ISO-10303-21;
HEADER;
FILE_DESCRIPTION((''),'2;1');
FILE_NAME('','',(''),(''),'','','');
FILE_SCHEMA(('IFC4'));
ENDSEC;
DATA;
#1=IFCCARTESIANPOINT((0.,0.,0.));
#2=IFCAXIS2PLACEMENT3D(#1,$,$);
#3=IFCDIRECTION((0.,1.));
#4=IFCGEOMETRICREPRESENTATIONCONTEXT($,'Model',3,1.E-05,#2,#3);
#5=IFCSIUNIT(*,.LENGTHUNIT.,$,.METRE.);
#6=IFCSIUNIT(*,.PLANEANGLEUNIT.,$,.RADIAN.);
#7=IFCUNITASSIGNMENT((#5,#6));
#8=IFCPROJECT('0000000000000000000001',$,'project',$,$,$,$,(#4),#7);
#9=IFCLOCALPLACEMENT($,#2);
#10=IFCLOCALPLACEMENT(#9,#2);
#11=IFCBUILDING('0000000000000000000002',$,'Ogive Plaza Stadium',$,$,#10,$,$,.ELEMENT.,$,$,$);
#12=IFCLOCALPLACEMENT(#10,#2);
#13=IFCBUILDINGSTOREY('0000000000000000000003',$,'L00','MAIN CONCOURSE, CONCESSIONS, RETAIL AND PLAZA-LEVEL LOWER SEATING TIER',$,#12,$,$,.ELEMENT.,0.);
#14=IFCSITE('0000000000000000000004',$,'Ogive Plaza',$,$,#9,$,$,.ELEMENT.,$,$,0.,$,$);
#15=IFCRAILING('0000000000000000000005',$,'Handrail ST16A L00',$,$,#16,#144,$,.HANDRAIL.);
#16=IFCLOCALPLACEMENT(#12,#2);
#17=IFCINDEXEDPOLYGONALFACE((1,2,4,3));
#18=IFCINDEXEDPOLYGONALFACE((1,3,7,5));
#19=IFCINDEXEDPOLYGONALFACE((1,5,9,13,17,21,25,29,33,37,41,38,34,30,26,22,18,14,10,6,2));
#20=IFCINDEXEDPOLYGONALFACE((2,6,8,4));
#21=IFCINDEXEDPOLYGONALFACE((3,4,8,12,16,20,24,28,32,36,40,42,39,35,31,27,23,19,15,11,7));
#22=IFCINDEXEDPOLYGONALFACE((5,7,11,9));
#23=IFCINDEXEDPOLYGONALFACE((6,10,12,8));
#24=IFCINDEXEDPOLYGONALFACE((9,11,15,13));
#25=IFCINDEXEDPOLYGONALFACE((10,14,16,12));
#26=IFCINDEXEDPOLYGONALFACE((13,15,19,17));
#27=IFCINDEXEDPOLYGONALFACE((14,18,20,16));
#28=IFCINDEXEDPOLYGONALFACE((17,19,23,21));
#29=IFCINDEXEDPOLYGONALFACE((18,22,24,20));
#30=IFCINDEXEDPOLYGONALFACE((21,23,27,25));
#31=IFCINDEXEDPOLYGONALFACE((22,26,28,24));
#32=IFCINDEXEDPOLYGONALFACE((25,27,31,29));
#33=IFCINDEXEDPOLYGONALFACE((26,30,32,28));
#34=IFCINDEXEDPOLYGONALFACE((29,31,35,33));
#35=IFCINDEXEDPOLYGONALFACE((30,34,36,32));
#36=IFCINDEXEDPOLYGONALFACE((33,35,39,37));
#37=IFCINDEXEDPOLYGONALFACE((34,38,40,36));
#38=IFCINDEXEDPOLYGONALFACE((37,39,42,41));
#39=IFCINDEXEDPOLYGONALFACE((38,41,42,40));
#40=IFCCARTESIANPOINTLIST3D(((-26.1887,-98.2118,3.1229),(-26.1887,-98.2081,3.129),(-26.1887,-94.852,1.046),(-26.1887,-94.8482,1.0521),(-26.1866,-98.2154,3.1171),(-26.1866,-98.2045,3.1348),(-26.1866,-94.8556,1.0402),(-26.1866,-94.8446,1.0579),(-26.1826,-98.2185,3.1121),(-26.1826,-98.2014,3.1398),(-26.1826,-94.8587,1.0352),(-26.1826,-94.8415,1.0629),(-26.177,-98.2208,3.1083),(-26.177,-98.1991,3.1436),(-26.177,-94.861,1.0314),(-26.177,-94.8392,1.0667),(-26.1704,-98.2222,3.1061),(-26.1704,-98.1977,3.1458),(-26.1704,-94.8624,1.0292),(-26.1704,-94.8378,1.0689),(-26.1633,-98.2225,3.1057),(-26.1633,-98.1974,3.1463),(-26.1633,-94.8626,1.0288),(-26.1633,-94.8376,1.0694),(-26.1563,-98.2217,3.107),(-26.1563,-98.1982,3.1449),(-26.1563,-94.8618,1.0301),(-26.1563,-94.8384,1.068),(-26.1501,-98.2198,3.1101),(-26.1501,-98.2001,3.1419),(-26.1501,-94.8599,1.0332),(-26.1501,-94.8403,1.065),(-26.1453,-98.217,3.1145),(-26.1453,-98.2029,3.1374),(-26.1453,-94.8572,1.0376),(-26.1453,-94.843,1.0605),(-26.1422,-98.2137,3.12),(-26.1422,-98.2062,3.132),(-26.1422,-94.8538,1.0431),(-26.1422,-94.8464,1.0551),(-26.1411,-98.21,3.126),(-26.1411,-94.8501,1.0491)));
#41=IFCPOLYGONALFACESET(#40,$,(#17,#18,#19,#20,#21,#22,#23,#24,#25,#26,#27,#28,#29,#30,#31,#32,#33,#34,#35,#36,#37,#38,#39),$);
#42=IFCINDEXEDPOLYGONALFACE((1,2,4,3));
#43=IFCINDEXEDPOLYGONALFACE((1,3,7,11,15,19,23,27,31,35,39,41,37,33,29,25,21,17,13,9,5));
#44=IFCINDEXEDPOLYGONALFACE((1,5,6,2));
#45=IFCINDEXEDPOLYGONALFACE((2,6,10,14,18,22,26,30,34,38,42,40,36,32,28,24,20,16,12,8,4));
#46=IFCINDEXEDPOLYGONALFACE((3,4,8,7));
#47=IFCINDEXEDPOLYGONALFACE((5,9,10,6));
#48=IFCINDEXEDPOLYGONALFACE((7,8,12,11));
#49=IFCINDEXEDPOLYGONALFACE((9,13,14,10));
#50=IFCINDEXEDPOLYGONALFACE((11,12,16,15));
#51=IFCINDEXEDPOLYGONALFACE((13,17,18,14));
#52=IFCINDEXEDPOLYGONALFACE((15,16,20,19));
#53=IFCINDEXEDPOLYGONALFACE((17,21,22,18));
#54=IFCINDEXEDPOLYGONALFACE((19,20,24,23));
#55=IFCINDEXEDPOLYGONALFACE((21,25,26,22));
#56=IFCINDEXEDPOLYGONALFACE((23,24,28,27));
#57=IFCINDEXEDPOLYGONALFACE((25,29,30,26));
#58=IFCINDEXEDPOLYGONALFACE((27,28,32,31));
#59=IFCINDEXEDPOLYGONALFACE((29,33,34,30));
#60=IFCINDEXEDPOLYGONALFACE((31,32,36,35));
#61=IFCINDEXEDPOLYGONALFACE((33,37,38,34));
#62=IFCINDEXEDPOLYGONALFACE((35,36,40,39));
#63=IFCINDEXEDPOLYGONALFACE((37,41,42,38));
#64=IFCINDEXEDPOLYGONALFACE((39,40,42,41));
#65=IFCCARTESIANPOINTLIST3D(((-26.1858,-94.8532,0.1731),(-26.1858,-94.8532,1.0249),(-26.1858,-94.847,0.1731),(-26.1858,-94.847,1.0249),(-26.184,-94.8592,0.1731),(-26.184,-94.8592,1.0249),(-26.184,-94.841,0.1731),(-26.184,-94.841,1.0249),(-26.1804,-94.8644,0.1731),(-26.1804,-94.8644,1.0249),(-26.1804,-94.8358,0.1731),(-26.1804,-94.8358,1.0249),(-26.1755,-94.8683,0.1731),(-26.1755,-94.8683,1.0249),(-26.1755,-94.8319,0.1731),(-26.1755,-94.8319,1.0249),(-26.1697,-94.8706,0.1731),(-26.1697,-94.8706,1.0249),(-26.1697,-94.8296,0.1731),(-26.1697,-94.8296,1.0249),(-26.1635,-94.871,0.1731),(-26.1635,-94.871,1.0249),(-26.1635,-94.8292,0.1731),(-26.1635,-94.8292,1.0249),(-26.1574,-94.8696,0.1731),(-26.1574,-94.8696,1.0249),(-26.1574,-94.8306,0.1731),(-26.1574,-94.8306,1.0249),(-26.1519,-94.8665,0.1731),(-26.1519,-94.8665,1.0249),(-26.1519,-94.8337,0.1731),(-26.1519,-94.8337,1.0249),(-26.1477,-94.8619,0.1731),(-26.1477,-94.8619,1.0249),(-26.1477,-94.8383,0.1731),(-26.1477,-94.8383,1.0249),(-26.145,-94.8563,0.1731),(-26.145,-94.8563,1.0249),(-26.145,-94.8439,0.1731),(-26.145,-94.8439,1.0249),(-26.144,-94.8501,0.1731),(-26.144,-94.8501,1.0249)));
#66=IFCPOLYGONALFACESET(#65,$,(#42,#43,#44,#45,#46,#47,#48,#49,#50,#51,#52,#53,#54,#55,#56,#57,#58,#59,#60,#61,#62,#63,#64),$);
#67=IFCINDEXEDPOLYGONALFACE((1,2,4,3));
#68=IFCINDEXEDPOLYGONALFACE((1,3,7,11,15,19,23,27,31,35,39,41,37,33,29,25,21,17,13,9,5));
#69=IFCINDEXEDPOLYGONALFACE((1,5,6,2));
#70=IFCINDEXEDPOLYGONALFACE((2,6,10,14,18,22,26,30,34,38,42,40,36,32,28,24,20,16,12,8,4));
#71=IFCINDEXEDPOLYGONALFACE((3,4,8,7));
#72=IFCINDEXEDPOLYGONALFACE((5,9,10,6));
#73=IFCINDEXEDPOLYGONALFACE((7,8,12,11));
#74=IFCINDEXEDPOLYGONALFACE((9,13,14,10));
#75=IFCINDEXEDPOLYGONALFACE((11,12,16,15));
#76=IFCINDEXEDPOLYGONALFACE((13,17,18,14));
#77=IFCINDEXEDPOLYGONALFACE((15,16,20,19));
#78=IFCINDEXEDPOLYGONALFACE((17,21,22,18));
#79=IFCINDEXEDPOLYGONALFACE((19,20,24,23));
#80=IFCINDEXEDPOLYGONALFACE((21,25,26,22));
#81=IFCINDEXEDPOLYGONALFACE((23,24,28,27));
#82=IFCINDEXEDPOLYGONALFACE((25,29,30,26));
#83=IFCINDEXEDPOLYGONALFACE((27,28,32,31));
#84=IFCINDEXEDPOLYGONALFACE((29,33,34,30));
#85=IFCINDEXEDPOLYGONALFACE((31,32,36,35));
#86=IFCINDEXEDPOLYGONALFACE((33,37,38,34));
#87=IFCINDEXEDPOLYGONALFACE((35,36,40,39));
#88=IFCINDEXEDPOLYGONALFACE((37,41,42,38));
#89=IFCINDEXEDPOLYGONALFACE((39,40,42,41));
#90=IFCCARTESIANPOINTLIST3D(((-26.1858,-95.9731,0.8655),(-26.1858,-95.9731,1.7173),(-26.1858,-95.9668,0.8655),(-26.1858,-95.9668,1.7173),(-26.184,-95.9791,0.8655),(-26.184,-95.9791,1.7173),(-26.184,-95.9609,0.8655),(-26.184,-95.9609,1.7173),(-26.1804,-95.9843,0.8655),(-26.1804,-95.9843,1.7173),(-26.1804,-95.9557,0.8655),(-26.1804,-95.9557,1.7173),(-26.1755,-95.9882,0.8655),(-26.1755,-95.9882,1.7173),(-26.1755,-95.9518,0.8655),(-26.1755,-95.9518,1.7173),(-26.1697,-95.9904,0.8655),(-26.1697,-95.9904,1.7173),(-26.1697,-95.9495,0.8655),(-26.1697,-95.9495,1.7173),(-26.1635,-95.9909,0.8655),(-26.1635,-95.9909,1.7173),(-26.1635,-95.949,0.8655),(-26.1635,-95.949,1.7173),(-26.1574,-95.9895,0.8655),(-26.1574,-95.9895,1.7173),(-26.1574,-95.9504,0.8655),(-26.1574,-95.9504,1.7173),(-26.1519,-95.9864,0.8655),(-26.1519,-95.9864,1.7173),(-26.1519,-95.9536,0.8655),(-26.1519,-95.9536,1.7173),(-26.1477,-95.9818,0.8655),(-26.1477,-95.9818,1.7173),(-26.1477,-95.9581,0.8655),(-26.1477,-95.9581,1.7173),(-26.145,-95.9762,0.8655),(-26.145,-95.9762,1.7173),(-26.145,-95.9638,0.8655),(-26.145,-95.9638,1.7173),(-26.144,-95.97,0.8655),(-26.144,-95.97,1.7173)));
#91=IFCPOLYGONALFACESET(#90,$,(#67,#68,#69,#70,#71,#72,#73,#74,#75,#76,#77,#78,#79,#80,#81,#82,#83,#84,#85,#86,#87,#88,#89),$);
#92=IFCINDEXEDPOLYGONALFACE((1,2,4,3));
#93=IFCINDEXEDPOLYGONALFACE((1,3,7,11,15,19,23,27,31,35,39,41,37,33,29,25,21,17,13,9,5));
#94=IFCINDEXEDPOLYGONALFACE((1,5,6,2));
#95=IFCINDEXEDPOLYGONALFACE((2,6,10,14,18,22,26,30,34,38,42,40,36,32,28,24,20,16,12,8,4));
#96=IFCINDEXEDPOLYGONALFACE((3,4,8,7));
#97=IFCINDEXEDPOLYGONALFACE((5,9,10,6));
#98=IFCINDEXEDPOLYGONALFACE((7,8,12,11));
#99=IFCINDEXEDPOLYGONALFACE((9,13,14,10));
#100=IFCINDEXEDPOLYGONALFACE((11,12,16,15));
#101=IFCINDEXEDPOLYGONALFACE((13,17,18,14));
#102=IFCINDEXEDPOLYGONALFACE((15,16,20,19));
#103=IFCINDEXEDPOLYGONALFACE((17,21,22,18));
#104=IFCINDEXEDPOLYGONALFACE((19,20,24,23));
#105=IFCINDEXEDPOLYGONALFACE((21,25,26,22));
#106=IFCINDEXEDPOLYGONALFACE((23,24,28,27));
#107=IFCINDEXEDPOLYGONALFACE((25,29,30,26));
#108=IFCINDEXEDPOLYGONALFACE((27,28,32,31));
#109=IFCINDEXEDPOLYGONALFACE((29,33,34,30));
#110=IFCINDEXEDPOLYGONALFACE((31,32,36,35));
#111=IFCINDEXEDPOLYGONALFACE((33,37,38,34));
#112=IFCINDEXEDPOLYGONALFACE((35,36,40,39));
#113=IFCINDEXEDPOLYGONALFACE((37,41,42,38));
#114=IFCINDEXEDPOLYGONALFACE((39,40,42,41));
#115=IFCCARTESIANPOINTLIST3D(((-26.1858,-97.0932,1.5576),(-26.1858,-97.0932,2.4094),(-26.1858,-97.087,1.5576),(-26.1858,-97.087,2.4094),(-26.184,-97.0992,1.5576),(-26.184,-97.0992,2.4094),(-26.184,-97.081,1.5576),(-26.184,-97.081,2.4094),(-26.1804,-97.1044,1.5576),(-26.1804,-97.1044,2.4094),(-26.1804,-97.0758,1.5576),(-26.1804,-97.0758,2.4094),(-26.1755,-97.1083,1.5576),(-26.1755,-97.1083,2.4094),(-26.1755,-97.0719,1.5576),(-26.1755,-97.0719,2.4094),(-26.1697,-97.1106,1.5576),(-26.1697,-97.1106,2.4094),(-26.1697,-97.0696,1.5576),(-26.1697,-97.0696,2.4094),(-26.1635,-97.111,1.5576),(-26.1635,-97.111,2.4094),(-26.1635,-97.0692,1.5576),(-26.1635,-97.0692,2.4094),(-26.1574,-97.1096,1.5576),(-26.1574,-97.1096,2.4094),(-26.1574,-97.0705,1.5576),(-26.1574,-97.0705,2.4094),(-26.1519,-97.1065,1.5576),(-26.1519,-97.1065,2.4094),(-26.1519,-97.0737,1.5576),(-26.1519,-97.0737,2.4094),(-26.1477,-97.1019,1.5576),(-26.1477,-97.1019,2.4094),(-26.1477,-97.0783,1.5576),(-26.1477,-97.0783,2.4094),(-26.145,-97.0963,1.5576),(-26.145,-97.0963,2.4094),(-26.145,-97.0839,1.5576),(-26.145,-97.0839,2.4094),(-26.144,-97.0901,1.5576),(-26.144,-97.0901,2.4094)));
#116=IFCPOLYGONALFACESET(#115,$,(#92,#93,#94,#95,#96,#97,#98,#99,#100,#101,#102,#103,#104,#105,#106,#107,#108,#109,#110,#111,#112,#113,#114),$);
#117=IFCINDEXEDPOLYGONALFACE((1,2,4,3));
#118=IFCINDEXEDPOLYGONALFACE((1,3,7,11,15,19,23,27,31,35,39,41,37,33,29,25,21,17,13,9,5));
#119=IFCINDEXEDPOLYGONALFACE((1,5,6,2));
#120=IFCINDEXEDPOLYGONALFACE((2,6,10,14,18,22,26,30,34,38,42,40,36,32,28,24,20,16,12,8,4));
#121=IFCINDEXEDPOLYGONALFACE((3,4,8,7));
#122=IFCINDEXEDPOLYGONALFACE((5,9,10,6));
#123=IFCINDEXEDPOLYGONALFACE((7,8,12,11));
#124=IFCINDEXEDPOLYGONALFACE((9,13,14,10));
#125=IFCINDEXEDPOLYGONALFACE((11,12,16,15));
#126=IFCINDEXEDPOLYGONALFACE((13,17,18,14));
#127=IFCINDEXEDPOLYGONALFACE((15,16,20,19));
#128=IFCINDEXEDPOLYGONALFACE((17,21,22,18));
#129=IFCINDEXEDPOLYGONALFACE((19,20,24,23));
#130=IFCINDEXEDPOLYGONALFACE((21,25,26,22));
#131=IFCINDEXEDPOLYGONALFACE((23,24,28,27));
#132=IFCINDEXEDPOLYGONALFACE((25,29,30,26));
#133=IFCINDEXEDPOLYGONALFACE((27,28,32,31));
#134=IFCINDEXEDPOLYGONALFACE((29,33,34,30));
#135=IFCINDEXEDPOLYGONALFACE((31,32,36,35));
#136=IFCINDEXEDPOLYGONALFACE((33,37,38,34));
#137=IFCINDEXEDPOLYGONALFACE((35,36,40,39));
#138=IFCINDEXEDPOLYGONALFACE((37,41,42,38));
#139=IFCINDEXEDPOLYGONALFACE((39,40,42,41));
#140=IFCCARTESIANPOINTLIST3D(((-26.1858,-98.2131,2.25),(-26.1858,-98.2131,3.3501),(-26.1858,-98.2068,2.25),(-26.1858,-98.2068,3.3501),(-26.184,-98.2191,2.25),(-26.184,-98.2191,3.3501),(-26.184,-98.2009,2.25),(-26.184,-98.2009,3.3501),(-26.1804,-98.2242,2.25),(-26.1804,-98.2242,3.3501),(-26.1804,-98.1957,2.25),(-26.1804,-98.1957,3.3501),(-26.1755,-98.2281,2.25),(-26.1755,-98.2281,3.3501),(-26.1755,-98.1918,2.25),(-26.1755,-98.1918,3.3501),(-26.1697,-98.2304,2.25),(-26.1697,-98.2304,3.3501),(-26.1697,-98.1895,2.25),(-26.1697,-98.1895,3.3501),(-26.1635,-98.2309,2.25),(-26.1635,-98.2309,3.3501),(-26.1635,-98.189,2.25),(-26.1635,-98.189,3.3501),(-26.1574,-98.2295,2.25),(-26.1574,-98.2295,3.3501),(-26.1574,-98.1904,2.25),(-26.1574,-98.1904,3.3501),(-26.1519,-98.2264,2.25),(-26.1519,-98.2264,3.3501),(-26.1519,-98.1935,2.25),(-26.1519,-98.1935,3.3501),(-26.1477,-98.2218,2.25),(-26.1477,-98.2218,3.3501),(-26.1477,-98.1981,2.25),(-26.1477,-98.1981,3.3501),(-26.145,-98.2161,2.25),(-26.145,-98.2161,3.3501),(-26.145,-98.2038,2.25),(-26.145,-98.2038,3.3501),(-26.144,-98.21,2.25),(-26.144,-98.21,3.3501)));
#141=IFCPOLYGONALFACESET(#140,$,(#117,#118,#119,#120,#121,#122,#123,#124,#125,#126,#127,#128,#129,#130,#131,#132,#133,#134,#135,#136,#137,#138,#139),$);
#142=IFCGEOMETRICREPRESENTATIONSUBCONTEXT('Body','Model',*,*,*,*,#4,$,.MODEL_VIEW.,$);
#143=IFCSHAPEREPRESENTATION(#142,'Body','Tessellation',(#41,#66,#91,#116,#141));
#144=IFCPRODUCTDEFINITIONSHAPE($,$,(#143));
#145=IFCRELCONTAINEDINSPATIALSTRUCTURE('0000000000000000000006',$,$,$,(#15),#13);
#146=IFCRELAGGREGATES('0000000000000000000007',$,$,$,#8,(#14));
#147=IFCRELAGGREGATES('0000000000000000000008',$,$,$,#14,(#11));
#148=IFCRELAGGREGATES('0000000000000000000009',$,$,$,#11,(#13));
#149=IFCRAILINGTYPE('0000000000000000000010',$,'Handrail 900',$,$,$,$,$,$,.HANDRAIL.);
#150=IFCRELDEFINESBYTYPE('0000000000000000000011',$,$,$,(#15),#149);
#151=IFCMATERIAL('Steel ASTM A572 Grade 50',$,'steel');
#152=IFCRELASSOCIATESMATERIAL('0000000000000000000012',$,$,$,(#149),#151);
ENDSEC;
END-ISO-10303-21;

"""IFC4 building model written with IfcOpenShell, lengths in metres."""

from ifc_helpers import new_model, si_unit, direction, frame, origin, origin_2d, place, context, subcontext, project, spatial, circle, extrude, material, type_object, element, save


model = new_model("IFC4")

# Units and contexts
model_context = context("Model", 3, precision=1e-05, world=origin(), true_north=direction((0.0, 1.0)))
body_context = subcontext(model_context, "Body", "Model", "MODEL_VIEW")
ifc_project = project(units=[si_unit("LENGTHUNIT", "METRE"), si_unit("PLANEANGLEUNIT", "RADIAN")], contexts=[model_context])

# Site, building, storey
site_placement = place(None, origin())
site = spatial("IfcSite", under=ifc_project, at=site_placement, Name="Ogive Plaza", CompositionType="ELEMENT", RefElevation=0.0)
building_placement = place(site_placement, origin())
building = spatial("IfcBuilding", under=site, at=building_placement, Name="Ogive Plaza Stadium", CompositionType="ELEMENT")
storey_placement = place(building_placement, origin())
storey = spatial("IfcBuildingStorey", under=building, at=storey_placement, Name="L00", Description="MAIN CONCOURSE, CONCESSIONS, RETAIL AND PLAZA-LEVEL LOWER SEATING TIER", CompositionType="ELEMENT", Elevation=0.0)

# Railing
ifc_material_1 = material(Name="Steel ASTM A572 Grade 50", Category="steel")
railing_type_1 = type_object("IfcRailingType", Name="Handrail 900", PredefinedType="HANDRAIL", material=ifc_material_1)
for number, where, name in (
    (1, (-26.165, -94.8501, 0.1731), "Handrail ST16A L00"),
):
    element("IfcRailing", number, at=place(storey_placement, frame(where)), inside=storey, type_object=railing_type_1, Name=name, PredefinedType="HANDRAIL", context=body_context, shape_type="SweptSolid", body=[
        extrude(circle(Radius=0.0239, at=origin_2d()), frame((0.0, 0.0, 0.876), z_axis=(0.0, -0.850606, 0.525803), x_axis=(1.0, 0.0, 0.0)), (0.0, 0.0, 1.0), 3.95),
        extrude(circle(Radius=0.021, at=origin_2d()), origin(), (0.0, 0.0, 1.0), 0.8518),
        extrude(circle(Radius=0.021, at=origin_2d()), frame((0.0, -1.1199, 0.6924)), (0.0, 0.0, 1.0), 0.8518),
        extrude(circle(Radius=0.021, at=origin_2d()), frame((0.0, -2.24, 1.3845)), (0.0, 0.0, 1.0), 0.8518),
        extrude(circle(Radius=0.021, at=origin_2d()), frame((0.0, -3.3599, 2.0769)), (0.0, 0.0, 1.0), 1.1001),
    ])

save(model, "model.ifc")
